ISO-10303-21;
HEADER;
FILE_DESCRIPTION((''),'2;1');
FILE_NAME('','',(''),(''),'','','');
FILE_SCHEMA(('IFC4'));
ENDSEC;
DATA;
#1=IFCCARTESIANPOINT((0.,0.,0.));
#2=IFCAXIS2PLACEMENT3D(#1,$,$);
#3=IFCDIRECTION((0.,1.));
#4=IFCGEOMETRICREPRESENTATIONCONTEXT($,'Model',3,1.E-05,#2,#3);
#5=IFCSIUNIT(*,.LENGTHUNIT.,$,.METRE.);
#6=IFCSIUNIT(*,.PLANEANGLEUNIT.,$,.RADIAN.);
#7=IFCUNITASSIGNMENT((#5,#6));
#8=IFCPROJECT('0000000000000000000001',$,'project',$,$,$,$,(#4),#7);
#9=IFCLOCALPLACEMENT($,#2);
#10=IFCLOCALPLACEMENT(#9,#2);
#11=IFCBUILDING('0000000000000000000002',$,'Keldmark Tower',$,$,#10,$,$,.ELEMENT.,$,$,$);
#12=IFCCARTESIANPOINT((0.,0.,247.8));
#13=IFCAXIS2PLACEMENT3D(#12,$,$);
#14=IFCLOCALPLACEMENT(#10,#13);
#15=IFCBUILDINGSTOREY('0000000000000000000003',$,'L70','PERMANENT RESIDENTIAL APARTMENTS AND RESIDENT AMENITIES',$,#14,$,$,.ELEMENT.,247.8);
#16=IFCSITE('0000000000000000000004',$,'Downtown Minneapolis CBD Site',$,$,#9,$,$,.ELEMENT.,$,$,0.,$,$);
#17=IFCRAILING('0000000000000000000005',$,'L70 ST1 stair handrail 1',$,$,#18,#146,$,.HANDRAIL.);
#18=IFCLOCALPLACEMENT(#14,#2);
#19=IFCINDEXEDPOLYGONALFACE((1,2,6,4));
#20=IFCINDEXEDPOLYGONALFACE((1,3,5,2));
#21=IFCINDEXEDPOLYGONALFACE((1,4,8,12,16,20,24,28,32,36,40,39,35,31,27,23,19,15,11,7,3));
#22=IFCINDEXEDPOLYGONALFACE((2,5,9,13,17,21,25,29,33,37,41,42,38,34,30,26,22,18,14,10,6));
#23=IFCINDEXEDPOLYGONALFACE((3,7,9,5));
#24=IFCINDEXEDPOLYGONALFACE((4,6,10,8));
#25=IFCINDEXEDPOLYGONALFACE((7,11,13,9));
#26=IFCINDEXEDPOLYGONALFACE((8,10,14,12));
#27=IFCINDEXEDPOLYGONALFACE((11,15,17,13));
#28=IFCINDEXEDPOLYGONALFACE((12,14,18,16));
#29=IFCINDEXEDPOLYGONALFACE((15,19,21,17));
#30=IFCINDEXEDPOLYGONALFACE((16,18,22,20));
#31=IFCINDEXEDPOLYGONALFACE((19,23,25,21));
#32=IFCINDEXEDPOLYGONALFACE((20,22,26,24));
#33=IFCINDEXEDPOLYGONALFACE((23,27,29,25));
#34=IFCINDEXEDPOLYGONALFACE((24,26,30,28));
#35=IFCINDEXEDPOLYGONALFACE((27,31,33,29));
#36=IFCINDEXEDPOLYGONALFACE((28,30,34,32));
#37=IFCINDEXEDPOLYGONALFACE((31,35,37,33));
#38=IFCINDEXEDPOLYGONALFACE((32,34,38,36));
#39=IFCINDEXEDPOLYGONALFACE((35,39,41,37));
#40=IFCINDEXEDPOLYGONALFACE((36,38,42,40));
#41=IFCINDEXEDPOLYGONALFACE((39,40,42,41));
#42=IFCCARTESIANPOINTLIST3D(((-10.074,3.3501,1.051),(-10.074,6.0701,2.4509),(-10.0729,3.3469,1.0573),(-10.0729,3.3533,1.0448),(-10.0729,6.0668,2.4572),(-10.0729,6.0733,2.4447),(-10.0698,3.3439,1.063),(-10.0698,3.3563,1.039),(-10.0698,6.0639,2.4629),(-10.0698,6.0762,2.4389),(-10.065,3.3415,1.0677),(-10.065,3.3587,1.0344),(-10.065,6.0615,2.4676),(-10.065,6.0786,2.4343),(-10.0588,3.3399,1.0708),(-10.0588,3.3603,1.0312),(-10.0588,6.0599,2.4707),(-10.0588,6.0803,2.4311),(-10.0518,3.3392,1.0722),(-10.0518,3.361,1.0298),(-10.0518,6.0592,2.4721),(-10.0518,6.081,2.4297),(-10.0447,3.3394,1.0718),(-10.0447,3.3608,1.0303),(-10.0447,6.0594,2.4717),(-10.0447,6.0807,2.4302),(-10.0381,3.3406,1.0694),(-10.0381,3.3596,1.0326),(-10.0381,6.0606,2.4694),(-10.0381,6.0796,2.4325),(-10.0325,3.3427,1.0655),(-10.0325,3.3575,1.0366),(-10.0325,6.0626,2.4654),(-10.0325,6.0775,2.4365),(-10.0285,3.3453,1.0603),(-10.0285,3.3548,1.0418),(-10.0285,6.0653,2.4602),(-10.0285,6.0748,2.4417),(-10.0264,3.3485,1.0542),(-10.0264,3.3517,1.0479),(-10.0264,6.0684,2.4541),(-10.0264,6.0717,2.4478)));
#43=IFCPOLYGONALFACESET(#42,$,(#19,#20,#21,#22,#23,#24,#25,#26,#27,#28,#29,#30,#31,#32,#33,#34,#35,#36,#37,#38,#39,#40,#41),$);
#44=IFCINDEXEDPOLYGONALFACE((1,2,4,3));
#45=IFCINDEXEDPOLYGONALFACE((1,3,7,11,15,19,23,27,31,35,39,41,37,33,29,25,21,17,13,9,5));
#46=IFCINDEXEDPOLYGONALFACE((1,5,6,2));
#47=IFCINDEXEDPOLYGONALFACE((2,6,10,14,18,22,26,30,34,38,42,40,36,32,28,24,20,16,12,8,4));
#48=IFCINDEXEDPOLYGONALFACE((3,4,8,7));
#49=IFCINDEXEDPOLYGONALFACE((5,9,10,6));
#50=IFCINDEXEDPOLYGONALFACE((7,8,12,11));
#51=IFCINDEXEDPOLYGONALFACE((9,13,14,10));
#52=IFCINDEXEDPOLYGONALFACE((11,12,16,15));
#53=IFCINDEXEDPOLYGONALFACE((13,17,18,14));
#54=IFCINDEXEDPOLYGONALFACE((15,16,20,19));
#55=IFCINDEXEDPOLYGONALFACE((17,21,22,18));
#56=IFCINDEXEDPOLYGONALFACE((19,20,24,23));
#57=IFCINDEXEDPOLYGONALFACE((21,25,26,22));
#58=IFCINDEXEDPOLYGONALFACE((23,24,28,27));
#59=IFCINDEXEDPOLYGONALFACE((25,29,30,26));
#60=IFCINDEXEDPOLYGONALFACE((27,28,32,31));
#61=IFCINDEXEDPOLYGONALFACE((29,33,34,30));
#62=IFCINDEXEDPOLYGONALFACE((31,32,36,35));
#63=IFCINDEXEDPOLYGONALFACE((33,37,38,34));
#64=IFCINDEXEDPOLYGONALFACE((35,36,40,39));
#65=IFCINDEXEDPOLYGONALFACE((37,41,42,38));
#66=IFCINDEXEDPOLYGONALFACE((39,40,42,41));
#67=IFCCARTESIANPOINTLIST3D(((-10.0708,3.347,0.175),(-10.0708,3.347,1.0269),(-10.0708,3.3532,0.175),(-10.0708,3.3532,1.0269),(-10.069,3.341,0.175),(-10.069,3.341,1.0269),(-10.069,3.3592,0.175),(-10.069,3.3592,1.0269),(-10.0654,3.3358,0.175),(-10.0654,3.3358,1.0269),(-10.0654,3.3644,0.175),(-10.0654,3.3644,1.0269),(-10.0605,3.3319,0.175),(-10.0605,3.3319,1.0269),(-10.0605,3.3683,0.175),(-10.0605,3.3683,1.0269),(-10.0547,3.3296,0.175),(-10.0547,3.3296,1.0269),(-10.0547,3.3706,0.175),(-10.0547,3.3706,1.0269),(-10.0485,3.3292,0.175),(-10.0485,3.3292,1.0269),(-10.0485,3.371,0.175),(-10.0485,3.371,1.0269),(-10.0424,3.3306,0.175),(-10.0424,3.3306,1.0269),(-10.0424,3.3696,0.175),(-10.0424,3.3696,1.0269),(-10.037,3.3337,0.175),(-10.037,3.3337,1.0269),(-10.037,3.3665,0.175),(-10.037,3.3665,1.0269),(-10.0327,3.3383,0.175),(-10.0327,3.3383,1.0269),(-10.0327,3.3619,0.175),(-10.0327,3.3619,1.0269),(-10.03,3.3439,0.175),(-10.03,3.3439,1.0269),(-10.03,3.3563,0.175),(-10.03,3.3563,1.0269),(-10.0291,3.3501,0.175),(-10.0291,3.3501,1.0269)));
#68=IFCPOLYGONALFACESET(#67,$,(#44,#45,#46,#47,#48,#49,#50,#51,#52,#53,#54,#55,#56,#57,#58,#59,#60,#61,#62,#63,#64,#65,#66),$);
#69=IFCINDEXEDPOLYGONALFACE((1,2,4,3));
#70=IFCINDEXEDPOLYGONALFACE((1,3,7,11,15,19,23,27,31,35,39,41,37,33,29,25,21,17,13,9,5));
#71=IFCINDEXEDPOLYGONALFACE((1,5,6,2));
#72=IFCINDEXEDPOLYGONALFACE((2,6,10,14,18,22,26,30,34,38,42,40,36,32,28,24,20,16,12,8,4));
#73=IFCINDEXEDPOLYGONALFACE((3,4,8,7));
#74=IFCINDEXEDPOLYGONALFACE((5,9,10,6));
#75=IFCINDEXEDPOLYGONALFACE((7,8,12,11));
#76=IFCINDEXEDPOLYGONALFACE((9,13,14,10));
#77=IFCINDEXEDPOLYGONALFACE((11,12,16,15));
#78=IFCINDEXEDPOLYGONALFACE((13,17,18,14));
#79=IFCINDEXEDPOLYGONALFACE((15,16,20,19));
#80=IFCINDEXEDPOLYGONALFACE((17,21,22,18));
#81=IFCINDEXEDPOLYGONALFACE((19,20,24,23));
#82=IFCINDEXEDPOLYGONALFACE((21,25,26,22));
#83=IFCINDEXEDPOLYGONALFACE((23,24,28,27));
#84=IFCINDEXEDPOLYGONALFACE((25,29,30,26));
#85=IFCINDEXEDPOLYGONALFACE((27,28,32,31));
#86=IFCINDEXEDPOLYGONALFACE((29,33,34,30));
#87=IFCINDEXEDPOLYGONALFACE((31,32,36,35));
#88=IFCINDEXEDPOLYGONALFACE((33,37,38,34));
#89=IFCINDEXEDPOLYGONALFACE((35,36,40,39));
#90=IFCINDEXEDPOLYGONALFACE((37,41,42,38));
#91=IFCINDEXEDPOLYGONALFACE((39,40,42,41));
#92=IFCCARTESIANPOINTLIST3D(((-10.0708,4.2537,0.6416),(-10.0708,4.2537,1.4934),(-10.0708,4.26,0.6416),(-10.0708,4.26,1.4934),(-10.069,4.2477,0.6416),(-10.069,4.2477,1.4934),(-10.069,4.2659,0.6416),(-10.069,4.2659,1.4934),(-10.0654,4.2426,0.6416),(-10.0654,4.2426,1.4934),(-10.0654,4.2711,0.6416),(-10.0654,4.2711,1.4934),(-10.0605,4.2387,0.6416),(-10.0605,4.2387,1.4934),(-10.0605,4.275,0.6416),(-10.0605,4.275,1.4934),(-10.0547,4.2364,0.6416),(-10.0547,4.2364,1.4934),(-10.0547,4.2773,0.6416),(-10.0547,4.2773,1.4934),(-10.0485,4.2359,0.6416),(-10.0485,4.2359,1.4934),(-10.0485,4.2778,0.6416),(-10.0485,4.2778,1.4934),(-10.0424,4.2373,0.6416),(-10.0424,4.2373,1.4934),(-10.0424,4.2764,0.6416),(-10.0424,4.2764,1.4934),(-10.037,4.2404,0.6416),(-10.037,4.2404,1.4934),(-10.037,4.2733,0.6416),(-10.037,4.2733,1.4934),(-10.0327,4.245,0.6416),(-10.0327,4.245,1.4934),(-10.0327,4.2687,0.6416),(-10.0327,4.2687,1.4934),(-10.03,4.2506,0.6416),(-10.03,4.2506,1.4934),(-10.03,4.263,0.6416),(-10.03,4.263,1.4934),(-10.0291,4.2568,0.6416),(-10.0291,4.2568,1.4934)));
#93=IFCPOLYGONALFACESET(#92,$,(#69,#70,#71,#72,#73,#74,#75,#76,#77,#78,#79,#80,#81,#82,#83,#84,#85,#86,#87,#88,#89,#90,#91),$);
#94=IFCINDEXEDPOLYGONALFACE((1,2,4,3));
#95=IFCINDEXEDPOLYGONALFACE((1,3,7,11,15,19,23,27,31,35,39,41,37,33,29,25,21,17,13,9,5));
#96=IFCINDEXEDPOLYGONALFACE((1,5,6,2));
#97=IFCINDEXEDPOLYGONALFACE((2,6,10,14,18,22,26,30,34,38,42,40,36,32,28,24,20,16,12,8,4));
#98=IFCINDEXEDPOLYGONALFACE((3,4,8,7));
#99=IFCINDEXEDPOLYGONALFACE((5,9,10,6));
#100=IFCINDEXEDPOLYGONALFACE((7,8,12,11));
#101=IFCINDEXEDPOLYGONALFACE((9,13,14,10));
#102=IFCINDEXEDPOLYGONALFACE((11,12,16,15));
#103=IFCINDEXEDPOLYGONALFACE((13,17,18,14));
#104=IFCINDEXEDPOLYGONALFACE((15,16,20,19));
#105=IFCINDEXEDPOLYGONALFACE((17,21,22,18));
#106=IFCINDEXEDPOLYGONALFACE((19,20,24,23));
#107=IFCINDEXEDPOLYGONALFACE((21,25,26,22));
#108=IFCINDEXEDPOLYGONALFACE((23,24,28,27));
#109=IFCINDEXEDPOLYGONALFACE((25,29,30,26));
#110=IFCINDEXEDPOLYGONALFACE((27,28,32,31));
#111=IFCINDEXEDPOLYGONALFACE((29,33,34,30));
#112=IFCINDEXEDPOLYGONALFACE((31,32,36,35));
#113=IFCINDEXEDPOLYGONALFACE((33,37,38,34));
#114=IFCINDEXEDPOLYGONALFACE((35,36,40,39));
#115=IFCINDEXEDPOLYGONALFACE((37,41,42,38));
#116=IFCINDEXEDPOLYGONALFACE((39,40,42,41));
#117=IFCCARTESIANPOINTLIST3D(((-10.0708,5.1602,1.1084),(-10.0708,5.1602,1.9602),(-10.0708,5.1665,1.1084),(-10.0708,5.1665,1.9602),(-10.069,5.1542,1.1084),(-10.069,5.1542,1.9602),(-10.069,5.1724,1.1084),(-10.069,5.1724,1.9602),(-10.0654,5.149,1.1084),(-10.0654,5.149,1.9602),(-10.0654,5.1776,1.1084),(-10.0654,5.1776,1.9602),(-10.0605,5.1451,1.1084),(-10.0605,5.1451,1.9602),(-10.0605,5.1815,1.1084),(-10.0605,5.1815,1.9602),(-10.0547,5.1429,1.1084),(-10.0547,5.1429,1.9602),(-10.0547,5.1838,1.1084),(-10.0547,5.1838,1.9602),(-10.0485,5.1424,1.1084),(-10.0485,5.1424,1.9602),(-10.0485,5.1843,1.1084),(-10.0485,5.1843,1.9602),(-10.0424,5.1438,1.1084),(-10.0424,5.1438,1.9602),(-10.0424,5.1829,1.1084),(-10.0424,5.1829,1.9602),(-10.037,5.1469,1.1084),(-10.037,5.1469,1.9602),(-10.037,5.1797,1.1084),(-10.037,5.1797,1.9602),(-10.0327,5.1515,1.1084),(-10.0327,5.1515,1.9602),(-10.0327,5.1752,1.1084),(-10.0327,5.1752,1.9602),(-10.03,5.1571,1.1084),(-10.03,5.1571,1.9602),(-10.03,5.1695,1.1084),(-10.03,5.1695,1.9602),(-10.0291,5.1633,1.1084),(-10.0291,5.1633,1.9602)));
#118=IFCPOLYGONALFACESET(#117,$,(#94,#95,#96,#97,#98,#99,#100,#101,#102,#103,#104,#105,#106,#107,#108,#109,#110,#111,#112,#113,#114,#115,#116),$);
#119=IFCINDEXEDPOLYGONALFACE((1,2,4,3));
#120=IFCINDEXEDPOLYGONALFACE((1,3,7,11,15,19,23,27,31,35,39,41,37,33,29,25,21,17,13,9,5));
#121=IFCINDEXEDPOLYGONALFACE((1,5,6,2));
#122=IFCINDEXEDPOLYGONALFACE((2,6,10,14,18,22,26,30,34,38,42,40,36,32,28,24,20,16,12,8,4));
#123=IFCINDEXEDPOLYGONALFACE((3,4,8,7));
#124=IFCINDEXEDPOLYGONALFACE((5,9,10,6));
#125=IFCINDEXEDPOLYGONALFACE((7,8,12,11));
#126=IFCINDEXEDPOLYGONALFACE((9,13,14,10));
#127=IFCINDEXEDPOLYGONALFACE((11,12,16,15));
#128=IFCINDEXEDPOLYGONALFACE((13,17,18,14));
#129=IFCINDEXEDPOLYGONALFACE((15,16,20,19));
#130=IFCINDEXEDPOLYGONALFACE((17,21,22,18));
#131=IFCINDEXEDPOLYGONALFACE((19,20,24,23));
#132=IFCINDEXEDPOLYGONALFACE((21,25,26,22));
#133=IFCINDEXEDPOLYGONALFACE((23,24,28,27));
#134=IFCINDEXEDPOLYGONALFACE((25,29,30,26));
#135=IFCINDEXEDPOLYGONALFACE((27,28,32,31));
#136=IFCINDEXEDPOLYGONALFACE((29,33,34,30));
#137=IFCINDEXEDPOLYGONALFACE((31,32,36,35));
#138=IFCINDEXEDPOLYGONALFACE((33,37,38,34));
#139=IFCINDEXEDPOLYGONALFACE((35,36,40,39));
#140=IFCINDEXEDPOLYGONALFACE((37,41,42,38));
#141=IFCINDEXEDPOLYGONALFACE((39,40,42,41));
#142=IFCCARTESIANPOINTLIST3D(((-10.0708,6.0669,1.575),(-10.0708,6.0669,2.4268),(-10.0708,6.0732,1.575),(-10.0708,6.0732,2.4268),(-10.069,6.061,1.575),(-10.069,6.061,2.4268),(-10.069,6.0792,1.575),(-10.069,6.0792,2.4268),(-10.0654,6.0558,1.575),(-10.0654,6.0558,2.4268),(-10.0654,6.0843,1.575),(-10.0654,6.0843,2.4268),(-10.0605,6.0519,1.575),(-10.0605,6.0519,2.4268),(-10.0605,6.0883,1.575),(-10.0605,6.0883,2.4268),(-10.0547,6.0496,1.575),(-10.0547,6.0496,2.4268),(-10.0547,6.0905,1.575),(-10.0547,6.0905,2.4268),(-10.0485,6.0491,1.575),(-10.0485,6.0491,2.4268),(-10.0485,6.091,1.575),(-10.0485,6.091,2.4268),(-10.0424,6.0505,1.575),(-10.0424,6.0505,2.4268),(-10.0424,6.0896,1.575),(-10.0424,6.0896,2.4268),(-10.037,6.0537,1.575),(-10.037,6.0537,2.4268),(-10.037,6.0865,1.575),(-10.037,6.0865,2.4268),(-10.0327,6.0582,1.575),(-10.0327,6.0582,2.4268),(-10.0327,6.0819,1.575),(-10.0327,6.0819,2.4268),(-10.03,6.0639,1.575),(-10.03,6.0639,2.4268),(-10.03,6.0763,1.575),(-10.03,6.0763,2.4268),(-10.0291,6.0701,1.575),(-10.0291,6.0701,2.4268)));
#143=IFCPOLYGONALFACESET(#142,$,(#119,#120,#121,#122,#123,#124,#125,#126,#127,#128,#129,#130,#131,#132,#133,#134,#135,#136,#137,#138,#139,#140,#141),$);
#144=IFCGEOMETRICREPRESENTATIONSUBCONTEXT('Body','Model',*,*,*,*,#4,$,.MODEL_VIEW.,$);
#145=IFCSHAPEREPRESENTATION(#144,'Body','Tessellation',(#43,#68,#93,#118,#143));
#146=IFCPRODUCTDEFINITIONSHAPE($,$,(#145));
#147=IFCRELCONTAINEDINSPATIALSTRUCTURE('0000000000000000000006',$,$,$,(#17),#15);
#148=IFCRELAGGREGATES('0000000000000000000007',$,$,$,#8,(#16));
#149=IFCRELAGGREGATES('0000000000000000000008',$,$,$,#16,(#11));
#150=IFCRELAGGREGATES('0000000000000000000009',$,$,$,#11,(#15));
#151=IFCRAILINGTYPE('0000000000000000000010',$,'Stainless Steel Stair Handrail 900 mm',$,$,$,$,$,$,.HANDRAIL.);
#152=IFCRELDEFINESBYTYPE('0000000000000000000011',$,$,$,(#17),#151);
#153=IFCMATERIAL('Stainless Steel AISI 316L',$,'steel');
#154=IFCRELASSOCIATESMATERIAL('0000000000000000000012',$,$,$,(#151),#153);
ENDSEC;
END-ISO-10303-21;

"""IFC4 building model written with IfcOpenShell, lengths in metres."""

from ifc_helpers import new_model, si_unit, direction, frame, origin, origin_2d, place, context, subcontext, project, spatial, circle, extrude, material, type_object, element, save


model = new_model("IFC4")

# Units and contexts
model_context = context("Model", 3, precision=1e-05, world=origin(), true_north=direction((0.0, 1.0)))
body_context = subcontext(model_context, "Body", "Model", "MODEL_VIEW")
ifc_project = project(units=[si_unit("LENGTHUNIT", "METRE"), si_unit("PLANEANGLEUNIT", "RADIAN")], contexts=[model_context])

# Site, building, storey
site_placement = place(None, origin())
site = spatial("IfcSite", under=ifc_project, at=site_placement, Name="Downtown Minneapolis CBD Site", CompositionType="ELEMENT", RefElevation=0.0)
building_placement = place(site_placement, origin())
building = spatial("IfcBuilding", under=site, at=building_placement, Name="Keldmark Tower", CompositionType="ELEMENT")
storey_placement = place(building_placement, frame((0.0, 0.0, 247.8)))
storey = spatial("IfcBuildingStorey", under=building, at=storey_placement, Name="L70", Description="PERMANENT RESIDENTIAL APARTMENTS AND RESIDENT AMENITIES", CompositionType="ELEMENT", Elevation=247.8)

# Railing
ifc_material_1 = material(Name="Stainless Steel AISI 316L", Category="steel")
railing_type = type_object("IfcRailingType", Name="Stainless Steel Stair Handrail 900 mm", PredefinedType="HANDRAIL", material=ifc_material_1)
railing_placement = place(storey_placement, frame((-10.05, 3.3501, 0.175)))
element("IfcRailing", 1, at=railing_placement, inside=storey, type_object=railing_type, Name="L70 ST1 stair handrail 1", PredefinedType="HANDRAIL", context=body_context, shape_type="SweptSolid", body=[
    extrude(circle(Radius=0.0239, at=origin_2d()), frame((0.0, 0.0, 0.876), z_axis=(0.0, 0.889147, 0.457622), x_axis=(-1.0, 0.0, 0.0)), (0.0, 0.0, 1.0), 3.0591),
    extrude(circle(Radius=0.021, at=origin_2d()), origin(), (0.0, 0.0, 1.0), 0.8518),
    extrude(circle(Radius=0.021, at=origin_2d()), frame((0.0, 0.9067, 0.4666)), (0.0, 0.0, 1.0), 0.8518),
    extrude(circle(Radius=0.021, at=origin_2d()), frame((0.0, 1.8132, 0.9333)), (0.0, 0.0, 1.0), 0.8518),
    extrude(circle(Radius=0.021, at=origin_2d()), frame((0.0, 2.72, 1.3999)), (0.0, 0.0, 1.0), 0.8518),
])

save(model, "model.ifc")
